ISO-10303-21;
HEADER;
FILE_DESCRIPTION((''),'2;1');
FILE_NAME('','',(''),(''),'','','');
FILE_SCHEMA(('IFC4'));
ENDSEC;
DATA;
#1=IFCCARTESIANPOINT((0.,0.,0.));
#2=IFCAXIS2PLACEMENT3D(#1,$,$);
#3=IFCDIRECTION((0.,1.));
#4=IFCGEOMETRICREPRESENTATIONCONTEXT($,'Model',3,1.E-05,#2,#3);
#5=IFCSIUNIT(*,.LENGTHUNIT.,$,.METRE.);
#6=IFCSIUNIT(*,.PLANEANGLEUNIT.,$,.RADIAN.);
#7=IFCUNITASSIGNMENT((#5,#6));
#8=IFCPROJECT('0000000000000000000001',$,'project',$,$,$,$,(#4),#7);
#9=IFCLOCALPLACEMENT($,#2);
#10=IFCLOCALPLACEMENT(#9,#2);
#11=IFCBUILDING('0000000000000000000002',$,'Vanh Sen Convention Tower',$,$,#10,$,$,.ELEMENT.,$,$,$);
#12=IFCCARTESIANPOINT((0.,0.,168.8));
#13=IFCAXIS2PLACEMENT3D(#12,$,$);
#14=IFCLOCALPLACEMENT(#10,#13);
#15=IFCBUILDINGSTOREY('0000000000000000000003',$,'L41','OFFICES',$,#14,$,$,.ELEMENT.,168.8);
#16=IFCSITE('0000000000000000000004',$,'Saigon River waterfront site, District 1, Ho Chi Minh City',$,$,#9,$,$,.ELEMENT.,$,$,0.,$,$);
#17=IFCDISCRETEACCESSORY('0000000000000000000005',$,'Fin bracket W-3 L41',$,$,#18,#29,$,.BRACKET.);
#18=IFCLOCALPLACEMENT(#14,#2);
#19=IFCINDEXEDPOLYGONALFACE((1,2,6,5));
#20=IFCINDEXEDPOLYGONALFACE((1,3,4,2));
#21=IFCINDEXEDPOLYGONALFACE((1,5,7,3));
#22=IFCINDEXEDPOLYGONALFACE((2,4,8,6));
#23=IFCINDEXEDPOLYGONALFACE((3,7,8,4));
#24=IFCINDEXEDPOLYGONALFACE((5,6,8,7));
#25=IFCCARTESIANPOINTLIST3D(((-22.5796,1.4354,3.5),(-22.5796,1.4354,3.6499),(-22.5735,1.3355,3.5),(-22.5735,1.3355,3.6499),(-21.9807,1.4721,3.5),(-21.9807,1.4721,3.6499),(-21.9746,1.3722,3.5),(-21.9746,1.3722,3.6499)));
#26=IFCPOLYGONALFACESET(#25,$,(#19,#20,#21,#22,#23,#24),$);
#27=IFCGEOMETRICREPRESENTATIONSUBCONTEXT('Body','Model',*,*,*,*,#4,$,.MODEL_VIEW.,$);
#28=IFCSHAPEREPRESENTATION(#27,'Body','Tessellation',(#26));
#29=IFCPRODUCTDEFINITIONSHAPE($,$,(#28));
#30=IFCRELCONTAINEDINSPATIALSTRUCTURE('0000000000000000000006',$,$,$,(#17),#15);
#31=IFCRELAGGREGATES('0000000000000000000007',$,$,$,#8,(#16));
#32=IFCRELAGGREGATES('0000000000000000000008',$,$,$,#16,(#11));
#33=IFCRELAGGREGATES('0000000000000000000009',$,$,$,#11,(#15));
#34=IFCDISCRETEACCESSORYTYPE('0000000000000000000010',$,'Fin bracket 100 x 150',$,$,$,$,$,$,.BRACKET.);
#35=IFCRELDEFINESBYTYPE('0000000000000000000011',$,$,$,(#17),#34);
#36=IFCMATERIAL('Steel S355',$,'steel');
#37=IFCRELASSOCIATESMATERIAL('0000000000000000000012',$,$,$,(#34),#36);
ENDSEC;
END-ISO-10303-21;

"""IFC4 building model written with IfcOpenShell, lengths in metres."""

from ifc_helpers import new_model, si_unit, direction, frame, origin, origin_2d, place, context, subcontext, project, spatial, rectangle, extrude, material, type_object, element, save


model = new_model("IFC4")

# Units and contexts
model_context = context("Model", 3, precision=1e-05, world=origin(), true_north=direction((0.0, 1.0)))
body_context = subcontext(model_context, "Body", "Model", "MODEL_VIEW")
ifc_project = project(units=[si_unit("LENGTHUNIT", "METRE"), si_unit("PLANEANGLEUNIT", "RADIAN")], contexts=[model_context])

# Site, building, storey
site_placement = place(None, origin())
site = spatial("IfcSite", under=ifc_project, at=site_placement, Name="Saigon River waterfront site, District 1, Ho Chi Minh City", CompositionType="ELEMENT", RefElevation=0.0)
building_placement = place(site_placement, origin())
building = spatial("IfcBuilding", under=site, at=building_placement, Name="Vanh Sen Convention Tower", CompositionType="ELEMENT")
storey_placement = place(building_placement, frame((0.0, 0.0, 168.8)))
storey = spatial("IfcBuildingStorey", under=building, at=storey_placement, Name="L41", Description="OFFICES", CompositionType="ELEMENT", Elevation=168.8)

# Discrete accessory
ifc_material_1 = material(Name="Steel S355", Category="steel")
discrete_accessory_type = type_object("IfcDiscreteAccessoryType", Name="Fin bracket 100 x 150", PredefinedType="BRACKET", material=ifc_material_1)
discrete_accessory_placement = place(storey_placement, frame((-22.2771, 1.4038, 3.5), z_axis=(0.0, 0.0, 1.0), x_axis=(-0.998135, -0.061049, 0.0)))
element("IfcDiscreteAccessory", 1, at=discrete_accessory_placement, inside=storey, type_object=discrete_accessory_type, Name="Fin bracket W-3 L41", PredefinedType="BRACKET", context=body_context, shape_type="SweptSolid", body=[
    extrude(rectangle(XDim=0.6001, YDim=0.1001, at=origin_2d()), origin(), (0.0, 0.0, 1.0), 0.1499),
])

save(model, "model.ifc")
